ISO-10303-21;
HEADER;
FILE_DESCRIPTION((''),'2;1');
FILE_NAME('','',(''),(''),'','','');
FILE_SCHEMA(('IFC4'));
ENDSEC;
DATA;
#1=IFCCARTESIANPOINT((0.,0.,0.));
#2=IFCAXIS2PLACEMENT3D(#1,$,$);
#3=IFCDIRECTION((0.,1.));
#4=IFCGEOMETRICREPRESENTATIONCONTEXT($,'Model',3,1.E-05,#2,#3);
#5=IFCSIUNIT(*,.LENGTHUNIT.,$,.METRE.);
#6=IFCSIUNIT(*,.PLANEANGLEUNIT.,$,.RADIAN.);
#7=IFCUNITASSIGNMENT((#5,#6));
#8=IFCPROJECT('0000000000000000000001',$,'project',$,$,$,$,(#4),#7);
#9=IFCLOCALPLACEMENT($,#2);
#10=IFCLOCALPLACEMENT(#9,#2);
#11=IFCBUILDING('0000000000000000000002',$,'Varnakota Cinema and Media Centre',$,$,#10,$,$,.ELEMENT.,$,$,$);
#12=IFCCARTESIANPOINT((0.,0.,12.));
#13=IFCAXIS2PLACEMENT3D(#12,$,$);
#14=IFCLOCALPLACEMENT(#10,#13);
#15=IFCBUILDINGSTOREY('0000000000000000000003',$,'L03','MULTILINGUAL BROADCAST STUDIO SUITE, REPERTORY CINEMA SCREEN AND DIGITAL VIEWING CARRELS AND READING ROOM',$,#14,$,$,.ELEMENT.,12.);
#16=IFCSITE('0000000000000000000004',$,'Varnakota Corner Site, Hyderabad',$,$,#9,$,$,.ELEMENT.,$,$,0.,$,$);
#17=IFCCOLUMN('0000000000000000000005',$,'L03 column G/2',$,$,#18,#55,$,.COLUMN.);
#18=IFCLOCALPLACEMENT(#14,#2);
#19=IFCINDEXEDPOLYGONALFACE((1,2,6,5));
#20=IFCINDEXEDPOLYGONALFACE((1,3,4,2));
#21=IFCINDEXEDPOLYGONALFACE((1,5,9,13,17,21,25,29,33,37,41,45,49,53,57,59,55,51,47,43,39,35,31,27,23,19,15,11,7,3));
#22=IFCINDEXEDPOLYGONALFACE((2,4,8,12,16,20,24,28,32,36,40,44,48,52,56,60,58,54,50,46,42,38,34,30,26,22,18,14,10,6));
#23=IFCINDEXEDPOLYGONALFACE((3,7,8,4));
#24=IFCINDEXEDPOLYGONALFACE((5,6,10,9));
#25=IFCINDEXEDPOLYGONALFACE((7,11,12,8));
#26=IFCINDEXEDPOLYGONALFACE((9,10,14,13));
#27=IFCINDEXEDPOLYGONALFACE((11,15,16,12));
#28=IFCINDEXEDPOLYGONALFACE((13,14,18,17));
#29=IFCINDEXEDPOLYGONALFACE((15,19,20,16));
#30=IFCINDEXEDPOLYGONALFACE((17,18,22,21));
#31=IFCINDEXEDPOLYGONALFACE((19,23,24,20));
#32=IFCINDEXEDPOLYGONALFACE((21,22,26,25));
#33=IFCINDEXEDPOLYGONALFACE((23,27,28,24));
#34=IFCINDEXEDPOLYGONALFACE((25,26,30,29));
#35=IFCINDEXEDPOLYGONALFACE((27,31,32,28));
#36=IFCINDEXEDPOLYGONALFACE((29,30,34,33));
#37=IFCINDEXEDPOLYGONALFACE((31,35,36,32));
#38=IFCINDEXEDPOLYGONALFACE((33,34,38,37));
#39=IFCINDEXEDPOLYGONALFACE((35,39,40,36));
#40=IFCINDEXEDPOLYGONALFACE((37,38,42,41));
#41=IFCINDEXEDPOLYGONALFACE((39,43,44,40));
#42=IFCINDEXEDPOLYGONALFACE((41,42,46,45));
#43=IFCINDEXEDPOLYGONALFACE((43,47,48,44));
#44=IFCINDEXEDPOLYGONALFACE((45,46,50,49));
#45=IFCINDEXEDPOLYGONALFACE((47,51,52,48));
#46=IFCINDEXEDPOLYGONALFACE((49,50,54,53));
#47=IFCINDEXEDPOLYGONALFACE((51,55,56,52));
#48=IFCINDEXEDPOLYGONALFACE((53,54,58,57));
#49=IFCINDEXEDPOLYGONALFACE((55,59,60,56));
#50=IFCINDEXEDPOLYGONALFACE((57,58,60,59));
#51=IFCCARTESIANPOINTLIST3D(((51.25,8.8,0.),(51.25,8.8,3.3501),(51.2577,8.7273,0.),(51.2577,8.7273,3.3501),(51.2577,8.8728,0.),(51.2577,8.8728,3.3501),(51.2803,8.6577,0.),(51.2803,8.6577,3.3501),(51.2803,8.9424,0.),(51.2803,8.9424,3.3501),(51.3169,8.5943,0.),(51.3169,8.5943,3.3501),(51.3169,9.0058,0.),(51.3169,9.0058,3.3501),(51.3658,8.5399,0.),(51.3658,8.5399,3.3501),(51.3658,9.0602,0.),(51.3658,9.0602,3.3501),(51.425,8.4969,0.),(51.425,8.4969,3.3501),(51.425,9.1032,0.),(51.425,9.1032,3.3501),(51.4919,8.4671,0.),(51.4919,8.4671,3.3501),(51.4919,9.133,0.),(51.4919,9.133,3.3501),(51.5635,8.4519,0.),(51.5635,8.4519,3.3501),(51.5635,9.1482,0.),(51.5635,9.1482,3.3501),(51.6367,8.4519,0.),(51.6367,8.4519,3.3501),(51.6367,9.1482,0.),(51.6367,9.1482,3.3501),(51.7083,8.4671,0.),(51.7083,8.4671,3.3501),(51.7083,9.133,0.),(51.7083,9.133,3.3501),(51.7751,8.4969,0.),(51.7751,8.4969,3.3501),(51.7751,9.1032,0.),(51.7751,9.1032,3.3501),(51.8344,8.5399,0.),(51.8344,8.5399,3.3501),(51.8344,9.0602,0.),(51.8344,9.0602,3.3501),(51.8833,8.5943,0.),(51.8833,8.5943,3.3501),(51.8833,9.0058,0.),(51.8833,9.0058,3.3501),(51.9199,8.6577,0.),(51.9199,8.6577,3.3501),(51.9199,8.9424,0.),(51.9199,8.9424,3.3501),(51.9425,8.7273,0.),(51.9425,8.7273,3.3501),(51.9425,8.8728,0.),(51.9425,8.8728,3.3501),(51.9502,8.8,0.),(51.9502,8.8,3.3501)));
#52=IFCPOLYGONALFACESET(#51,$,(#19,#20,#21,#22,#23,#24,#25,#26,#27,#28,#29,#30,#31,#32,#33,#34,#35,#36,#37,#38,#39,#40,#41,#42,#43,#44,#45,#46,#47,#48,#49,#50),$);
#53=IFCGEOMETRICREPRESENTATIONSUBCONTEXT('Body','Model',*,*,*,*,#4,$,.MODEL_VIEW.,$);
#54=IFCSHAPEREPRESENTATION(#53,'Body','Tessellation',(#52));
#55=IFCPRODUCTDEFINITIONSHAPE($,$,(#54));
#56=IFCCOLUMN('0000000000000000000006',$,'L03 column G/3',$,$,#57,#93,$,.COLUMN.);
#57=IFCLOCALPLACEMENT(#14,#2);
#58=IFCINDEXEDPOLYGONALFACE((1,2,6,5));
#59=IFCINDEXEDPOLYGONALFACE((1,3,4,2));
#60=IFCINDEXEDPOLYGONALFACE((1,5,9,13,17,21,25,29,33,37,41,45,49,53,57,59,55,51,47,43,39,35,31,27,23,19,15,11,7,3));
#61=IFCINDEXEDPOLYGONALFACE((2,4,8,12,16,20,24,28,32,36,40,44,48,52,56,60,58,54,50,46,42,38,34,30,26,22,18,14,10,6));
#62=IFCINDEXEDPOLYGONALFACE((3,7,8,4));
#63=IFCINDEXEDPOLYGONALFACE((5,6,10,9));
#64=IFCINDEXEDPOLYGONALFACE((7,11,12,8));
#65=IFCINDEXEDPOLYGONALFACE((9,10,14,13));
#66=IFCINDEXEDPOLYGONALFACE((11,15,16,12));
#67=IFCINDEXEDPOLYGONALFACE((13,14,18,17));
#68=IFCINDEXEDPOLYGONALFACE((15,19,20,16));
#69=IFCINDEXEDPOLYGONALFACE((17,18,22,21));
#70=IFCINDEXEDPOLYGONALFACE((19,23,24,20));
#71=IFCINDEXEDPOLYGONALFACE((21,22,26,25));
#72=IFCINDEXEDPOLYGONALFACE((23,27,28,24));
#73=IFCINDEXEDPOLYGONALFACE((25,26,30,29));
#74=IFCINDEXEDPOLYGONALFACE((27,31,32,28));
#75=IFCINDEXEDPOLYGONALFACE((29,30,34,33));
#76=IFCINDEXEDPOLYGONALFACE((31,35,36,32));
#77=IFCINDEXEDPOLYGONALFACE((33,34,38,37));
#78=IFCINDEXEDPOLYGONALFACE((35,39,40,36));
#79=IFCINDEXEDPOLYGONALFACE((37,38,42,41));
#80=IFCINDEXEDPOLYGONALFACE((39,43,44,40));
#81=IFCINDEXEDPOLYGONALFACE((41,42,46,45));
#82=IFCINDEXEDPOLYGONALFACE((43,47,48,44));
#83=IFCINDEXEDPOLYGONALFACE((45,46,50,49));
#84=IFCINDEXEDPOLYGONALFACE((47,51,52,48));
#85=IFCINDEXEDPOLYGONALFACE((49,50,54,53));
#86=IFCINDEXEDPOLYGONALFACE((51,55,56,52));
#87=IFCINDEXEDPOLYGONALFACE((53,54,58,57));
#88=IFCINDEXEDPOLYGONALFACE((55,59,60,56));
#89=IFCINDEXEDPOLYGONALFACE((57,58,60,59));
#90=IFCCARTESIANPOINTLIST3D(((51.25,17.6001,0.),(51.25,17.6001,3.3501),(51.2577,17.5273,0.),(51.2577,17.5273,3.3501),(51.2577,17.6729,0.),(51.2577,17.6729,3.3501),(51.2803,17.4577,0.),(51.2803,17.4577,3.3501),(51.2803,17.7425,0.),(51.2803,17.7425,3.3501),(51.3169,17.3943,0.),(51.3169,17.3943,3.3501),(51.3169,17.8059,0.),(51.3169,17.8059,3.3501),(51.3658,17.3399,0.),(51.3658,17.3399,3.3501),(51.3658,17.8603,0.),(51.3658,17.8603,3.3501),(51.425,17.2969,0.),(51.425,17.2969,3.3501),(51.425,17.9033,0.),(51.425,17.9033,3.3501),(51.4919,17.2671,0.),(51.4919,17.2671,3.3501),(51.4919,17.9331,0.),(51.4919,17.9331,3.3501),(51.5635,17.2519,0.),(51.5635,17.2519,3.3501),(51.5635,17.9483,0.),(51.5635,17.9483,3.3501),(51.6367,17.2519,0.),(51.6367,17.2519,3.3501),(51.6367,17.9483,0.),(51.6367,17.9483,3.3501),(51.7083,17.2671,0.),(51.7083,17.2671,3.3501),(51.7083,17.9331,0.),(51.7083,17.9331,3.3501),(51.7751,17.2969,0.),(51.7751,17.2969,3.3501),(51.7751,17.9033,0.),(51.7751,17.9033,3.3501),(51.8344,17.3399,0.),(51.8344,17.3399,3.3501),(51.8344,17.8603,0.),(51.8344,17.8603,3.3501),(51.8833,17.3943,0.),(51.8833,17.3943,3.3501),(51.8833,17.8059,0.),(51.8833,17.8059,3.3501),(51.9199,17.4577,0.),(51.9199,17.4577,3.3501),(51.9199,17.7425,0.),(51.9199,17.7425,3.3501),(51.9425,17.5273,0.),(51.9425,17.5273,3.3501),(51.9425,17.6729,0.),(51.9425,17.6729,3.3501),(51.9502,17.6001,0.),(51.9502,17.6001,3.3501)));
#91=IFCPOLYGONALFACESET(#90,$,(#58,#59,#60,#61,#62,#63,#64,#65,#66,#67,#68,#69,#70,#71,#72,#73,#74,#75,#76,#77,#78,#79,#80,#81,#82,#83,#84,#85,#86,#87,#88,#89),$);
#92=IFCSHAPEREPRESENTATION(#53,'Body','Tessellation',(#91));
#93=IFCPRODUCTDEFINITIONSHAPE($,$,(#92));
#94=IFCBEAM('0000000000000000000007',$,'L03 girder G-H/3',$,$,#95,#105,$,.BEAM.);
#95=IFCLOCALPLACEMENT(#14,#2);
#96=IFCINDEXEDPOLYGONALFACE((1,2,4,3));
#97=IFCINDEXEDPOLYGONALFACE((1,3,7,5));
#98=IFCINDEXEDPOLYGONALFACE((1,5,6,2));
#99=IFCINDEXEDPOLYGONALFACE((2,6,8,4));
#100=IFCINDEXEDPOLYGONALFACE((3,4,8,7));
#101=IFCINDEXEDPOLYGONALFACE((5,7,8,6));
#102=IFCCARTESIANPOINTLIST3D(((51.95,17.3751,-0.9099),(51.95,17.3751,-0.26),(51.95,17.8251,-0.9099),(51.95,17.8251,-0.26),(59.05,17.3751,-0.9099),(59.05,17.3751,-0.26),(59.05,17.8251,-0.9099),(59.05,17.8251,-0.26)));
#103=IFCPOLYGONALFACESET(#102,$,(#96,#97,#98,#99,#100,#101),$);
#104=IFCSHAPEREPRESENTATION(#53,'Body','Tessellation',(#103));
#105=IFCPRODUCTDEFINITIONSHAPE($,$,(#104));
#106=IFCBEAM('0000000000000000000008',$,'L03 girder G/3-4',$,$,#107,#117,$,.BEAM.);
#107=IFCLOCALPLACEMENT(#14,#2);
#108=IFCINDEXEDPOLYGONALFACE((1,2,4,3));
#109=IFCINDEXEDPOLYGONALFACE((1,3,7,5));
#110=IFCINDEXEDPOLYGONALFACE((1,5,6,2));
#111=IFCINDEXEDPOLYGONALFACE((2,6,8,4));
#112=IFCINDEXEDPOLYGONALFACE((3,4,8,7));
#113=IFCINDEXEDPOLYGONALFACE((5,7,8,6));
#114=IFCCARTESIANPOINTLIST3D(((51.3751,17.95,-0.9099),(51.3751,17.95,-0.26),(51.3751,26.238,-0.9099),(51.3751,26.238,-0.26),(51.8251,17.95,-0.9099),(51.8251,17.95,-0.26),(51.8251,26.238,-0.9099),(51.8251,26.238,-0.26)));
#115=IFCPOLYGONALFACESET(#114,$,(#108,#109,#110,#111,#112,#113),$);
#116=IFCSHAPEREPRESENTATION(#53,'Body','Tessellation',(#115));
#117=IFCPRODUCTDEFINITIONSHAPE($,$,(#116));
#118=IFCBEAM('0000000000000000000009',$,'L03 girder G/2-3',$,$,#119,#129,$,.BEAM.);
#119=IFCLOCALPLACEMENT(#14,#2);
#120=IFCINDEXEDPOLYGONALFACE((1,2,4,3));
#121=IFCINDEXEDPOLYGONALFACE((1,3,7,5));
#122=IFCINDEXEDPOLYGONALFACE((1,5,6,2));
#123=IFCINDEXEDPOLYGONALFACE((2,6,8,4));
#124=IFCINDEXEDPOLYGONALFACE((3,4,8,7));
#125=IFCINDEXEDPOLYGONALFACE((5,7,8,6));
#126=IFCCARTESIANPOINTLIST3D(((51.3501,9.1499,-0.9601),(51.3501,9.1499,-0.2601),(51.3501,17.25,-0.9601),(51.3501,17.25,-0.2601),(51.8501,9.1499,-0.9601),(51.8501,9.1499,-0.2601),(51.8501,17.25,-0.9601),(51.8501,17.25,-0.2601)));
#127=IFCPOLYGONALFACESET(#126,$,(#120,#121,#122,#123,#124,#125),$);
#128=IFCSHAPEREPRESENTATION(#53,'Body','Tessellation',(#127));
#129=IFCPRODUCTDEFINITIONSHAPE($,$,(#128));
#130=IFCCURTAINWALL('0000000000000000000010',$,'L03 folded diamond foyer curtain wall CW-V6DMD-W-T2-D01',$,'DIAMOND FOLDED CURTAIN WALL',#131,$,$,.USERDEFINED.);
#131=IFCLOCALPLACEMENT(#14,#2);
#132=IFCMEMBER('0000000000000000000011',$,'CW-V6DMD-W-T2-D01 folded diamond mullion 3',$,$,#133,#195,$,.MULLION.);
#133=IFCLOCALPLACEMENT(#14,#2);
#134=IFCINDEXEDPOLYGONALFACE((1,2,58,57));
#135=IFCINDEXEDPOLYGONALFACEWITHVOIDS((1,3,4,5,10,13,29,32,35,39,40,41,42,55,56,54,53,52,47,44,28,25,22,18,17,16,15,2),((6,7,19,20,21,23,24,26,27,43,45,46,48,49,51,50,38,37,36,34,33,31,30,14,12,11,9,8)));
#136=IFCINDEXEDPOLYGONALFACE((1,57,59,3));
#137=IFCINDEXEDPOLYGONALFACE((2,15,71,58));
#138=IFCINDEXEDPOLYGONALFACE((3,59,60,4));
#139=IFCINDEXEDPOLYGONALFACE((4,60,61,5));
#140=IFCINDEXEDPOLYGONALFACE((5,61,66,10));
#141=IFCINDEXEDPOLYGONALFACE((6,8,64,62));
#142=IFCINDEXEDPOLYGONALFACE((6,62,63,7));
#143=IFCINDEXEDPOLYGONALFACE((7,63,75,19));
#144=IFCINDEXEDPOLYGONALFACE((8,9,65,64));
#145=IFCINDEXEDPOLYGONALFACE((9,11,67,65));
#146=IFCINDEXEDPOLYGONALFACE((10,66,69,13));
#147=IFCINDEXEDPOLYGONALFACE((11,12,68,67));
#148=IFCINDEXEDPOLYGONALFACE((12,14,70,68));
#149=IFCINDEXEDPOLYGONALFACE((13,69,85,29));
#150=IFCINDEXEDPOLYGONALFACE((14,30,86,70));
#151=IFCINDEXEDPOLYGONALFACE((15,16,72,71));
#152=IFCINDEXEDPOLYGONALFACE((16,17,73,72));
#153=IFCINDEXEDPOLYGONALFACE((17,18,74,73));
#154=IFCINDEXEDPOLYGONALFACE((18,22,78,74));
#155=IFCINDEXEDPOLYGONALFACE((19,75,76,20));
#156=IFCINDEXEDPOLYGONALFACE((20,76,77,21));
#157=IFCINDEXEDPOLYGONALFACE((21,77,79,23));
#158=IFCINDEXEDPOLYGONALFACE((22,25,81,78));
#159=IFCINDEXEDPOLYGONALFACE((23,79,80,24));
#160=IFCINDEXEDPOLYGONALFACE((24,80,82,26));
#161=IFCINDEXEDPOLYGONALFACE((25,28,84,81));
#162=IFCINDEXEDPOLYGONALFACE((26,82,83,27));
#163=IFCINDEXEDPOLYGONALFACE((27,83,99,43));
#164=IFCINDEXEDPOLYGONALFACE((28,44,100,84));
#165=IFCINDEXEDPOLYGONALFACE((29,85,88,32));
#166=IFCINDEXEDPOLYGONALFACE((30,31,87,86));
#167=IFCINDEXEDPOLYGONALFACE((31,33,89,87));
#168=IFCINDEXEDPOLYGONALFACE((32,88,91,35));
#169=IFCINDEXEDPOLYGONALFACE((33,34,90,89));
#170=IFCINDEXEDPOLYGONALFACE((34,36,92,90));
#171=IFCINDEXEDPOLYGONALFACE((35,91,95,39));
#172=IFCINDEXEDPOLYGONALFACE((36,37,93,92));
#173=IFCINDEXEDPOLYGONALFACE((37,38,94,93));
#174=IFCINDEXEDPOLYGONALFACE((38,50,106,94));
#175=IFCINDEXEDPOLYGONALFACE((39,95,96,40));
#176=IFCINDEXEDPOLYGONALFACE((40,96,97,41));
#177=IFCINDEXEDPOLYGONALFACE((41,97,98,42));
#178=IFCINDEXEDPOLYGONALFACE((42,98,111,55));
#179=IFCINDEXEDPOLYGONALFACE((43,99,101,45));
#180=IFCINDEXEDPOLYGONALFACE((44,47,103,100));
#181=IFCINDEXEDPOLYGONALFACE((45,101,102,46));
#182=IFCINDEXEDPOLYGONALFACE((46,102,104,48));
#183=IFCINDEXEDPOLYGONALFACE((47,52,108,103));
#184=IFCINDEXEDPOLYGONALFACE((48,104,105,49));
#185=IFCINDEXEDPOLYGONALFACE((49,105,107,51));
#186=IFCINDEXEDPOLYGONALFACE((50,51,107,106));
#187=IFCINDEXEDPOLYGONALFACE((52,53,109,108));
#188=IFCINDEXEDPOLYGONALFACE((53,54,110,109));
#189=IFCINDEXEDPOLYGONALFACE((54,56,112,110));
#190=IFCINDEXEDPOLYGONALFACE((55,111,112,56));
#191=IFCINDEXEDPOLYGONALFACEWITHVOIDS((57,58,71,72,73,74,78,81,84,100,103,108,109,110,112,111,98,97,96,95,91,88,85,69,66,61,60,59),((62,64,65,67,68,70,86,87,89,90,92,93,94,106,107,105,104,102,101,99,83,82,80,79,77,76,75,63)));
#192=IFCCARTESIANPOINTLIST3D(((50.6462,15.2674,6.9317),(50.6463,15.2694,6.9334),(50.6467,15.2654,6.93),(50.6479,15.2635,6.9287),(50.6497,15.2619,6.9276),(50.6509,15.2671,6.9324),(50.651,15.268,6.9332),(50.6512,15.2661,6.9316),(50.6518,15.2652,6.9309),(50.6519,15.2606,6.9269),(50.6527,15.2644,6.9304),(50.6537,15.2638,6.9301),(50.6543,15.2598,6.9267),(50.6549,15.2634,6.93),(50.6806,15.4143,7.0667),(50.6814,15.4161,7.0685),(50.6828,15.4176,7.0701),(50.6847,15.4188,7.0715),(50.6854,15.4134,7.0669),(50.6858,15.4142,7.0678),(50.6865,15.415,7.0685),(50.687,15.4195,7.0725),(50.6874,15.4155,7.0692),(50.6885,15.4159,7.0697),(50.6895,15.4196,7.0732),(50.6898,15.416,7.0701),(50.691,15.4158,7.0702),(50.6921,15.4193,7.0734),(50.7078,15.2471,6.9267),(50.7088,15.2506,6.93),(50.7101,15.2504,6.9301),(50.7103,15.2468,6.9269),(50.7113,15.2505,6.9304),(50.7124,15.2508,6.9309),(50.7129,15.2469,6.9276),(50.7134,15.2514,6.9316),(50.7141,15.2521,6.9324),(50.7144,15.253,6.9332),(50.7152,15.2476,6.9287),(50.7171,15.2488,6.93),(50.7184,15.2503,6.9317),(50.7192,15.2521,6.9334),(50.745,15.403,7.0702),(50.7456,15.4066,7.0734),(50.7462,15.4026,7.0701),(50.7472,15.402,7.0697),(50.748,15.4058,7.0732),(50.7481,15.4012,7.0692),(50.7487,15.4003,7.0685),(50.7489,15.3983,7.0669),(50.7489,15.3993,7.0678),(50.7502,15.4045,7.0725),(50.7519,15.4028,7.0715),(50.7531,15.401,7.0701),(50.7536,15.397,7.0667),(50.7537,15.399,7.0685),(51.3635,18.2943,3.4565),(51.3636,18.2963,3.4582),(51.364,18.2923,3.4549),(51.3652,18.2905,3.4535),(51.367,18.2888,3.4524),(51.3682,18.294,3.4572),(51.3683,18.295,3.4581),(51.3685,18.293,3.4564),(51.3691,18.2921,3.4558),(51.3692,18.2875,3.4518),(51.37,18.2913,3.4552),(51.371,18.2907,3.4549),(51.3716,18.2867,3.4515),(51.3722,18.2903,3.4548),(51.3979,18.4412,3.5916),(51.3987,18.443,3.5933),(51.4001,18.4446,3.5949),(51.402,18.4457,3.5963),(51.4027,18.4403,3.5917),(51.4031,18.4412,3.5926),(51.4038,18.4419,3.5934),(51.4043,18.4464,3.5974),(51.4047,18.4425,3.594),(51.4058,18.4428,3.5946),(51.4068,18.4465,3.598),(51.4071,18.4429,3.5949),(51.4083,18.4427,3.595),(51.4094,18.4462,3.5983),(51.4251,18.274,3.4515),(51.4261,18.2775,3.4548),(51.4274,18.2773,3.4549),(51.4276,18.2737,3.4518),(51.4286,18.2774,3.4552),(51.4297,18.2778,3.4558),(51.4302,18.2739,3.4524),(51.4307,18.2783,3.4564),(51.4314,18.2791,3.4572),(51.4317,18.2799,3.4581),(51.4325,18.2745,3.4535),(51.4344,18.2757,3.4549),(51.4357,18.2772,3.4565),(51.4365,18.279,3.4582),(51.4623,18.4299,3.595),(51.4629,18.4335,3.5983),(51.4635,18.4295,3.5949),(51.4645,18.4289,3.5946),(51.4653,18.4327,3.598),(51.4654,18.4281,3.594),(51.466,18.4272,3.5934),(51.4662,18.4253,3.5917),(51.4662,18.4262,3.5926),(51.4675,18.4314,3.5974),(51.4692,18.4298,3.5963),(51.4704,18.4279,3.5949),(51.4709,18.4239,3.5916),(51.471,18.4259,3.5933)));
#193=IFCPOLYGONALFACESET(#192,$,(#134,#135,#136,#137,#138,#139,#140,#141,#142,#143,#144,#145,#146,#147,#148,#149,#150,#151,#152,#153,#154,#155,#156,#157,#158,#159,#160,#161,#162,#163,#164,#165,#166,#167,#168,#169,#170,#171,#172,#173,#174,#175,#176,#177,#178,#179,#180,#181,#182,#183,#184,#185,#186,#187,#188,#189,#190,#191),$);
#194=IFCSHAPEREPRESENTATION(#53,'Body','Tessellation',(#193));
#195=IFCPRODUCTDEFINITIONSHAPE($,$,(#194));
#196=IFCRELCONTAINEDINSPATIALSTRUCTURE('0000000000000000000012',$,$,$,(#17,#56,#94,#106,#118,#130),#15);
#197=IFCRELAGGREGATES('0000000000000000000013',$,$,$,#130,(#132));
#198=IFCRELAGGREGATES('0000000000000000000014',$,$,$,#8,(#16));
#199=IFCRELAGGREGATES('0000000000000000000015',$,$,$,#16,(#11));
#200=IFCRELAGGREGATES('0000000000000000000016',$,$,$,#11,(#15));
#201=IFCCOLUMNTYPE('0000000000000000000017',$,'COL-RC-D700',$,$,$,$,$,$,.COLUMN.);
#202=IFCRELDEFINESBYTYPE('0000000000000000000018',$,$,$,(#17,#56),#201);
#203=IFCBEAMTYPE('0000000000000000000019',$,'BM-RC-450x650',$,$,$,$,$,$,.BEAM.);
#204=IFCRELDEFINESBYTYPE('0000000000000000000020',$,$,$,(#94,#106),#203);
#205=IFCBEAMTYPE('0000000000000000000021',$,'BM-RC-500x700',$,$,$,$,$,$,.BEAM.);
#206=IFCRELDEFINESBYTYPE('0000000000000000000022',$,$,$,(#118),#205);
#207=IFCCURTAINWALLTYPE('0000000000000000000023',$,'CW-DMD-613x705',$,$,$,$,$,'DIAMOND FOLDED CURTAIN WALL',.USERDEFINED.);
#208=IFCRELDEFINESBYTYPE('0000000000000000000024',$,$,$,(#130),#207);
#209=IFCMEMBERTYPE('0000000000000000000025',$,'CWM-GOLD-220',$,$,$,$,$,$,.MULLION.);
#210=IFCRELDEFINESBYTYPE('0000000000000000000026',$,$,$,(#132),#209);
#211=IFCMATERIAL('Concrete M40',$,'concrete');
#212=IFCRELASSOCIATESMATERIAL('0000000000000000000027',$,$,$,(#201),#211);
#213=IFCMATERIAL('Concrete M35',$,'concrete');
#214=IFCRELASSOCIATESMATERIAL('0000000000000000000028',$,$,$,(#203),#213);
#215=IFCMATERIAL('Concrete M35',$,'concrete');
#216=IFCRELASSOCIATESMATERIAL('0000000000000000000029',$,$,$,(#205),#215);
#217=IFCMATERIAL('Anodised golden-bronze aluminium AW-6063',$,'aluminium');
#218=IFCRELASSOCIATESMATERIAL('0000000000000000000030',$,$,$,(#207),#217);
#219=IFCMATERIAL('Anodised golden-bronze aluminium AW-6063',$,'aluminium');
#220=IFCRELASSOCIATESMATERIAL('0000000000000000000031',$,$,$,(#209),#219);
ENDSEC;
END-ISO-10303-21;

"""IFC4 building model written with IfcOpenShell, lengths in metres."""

from ifc_helpers import new_model, si_unit, direction, frame, origin, origin_2d, place, context, subcontext, project, spatial, rectangle, hollow_rectangle, circle, extrude, material, material_profile, profile_set, type_object, element, aggregate, save


model = new_model("IFC4")

# Units and contexts
model_context = context("Model", 3, precision=1e-05, world=origin(), true_north=direction((0.0, 1.0)))
body_context = subcontext(model_context, "Body", "Model", "MODEL_VIEW")
ifc_project = project(units=[si_unit("LENGTHUNIT", "METRE"), si_unit("PLANEANGLEUNIT", "RADIAN")], contexts=[model_context])

# Site, building, storey
site_placement = place(None, origin())
site = spatial("IfcSite", under=ifc_project, at=site_placement, Name="Varnakota Corner Site, Hyderabad", CompositionType="ELEMENT", RefElevation=0.0)
building_placement = place(site_placement, origin())
building = spatial("IfcBuilding", under=site, at=building_placement, Name="Varnakota Cinema and Media Centre", CompositionType="ELEMENT")
storey_placement = place(building_placement, frame((0.0, 0.0, 12.0)))
storey = spatial("IfcBuildingStorey", under=building, at=storey_placement, Name="L03", Description="MULTILINGUAL BROADCAST STUDIO SUITE, REPERTORY CINEMA SCREEN AND DIGITAL VIEWING CARRELS AND READING ROOM", CompositionType="ELEMENT", Elevation=12.0)

# Columns
ifc_material_1 = material(Name="Concrete M40", Category="concrete")
ifc_material_profile_1 = material_profile(ifc_material_1, circle(Radius=0.3501, at=origin_2d()), Name="RC D700")
ifc_profile_set_1 = profile_set([ifc_material_profile_1], Name="Concrete M40")
column_type = type_object("IfcColumnType", Name="COL-RC-D700", PredefinedType="COLUMN", material=ifc_profile_set_1)
for number, where, z_axis, x_axis, name in (
    (1, (51.6001, 8.8, 0.0), (0.0, 0.0, 1.0), (1.0, 0.0, 0.0), "L03 column G/2"),
    (2, (51.6001, 17.6001, 0.0), (0.0, 0.0, 1.0), (1.0, 0.0, 0.0), "L03 column G/3"),
):
    element("IfcColumn", number, at=place(storey_placement, frame(where, z_axis=z_axis, x_axis=x_axis)), inside=storey, type_object=column_type, Name=name, PredefinedType="COLUMN", context=body_context, shape_type="SweptSolid", body=[
        extrude(circle(Radius=0.3501, at=origin_2d()), origin(), (0.0, 0.0, 1.0), 3.3501),
    ])

# Beams
ifc_material_2 = material(Name="Concrete M35", Category="concrete")
ifc_material_profile_2 = material_profile(ifc_material_2, rectangle(XDim=0.45, YDim=0.6499, at=origin_2d()), Name="RCB 450x650")
ifc_profile_set_2 = profile_set([ifc_material_profile_2], Name="Concrete M35")
beam_type_1 = type_object("IfcBeamType", Name="BM-RC-450x650", PredefinedType="BEAM", material=ifc_profile_set_2)
beam_1_placement = place(storey_placement, frame((51.95, 17.6001, -0.585), z_axis=(1.0, 0.0, 0.0), x_axis=(0.0, 1.0, 0.0)))
element("IfcBeam", 3, at=beam_1_placement, inside=storey, type_object=beam_type_1, Name="L03 girder G-H/3", PredefinedType="BEAM", context=body_context, shape_type="SweptSolid", body=[
    extrude(rectangle(XDim=0.45, YDim=0.6499, at=origin_2d()), origin(), (0.0, 0.0, 1.0), 7.1001),
])
beam_2_placement = place(storey_placement, frame((51.6001, 17.95, -0.585), z_axis=(0.0, 1.0, 0.0), x_axis=(-1.0, 0.0, 0.0)))
element("IfcBeam", 4, at=beam_2_placement, inside=storey, type_object=beam_type_1, Name="L03 girder G/3-4", PredefinedType="BEAM", context=body_context, shape_type="SweptSolid", body=[
    extrude(rectangle(XDim=0.45, YDim=0.6499, at=origin_2d()), origin(), (0.0, 0.0, 1.0), 8.2881),
])
ifc_material_3 = material(Name="Concrete M35", Category="concrete")
ifc_material_profile_3 = material_profile(ifc_material_3, rectangle(XDim=0.5, YDim=0.7, at=origin_2d()), Name="RCB 500x700")
ifc_profile_set_3 = profile_set([ifc_material_profile_3], Name="Concrete M35")
beam_type_2 = type_object("IfcBeamType", Name="BM-RC-500x700", PredefinedType="BEAM", material=ifc_profile_set_3)
beam_3_placement = place(storey_placement, frame((51.6001, 9.1499, -0.6101), z_axis=(0.0, 1.0, 0.0), x_axis=(-1.0, 0.0, 0.0)))
element("IfcBeam", 5, at=beam_3_placement, inside=storey, type_object=beam_type_2, Name="L03 girder G/2-3", PredefinedType="BEAM", context=body_context, shape_type="SweptSolid", body=[
    extrude(rectangle(XDim=0.5, YDim=0.7, at=origin_2d()), origin(), (0.0, 0.0, 1.0), 8.1001),
])

# Curtain wall, member
ifc_material_4 = material(Name="Anodised golden-bronze aluminium AW-6063", Category="aluminium")
curtain_wall_type = type_object("IfcCurtainWallType", Name="CW-DMD-613x705", ElementType="DIAMOND FOLDED CURTAIN WALL", PredefinedType="USERDEFINED", material=ifc_material_4)
curtain_wall_1_placement = place(storey_placement, origin())
curtain_wall_1 = element("IfcCurtainWall", 6, at=curtain_wall_1_placement, inside=storey, type_object=curtain_wall_type, Name="L03 folded diamond foyer curtain wall CW-V6DMD-W-T2-D01", ObjectType="DIAMOND FOLDED CURTAIN WALL", PredefinedType="USERDEFINED")
ifc_material_5 = material(Name="Anodised golden-bronze aluminium AW-6063", Category="aluminium")
ifc_material_profile_4 = material_profile(ifc_material_5, hollow_rectangle(XDim=0.075, YDim=0.22, WallThickness=0.0049, InnerFilletRadius=0.0049, OuterFilletRadius=0.01, at=origin_2d()), Name="AL-MULLION 220x75x5")
ifc_profile_set_4 = profile_set([ifc_material_profile_4], Name="Anodised golden-bronze aluminium AW-6063")
member_type_1 = type_object("IfcMemberType", Name="CWM-GOLD-220", PredefinedType="MULLION", material=ifc_profile_set_4)
member_1_placement = place(storey_placement, frame((51.4172, 18.3601, 3.5249), z_axis=(-0.153793, -0.648986, 0.745094), x_axis=(0.973052, -0.230588, 0.0)))
member_1 = element("IfcMember", 7, at=member_1_placement, type_object=member_type_1, Name="CW-V6DMD-W-T2-D01 folded diamond mullion 3", PredefinedType="MULLION", context=body_context, shape_type="SweptSolid", body=[
    extrude(hollow_rectangle(XDim=0.075, YDim=0.22, WallThickness=0.0049, InnerFilletRadius=0.0049, OuterFilletRadius=0.01, at=origin_2d()), origin(), (0.0, 0.0, 1.0), 4.6641),
])

aggregate(curtain_wall_1, [member_1])

save(model, "model.ifc")
